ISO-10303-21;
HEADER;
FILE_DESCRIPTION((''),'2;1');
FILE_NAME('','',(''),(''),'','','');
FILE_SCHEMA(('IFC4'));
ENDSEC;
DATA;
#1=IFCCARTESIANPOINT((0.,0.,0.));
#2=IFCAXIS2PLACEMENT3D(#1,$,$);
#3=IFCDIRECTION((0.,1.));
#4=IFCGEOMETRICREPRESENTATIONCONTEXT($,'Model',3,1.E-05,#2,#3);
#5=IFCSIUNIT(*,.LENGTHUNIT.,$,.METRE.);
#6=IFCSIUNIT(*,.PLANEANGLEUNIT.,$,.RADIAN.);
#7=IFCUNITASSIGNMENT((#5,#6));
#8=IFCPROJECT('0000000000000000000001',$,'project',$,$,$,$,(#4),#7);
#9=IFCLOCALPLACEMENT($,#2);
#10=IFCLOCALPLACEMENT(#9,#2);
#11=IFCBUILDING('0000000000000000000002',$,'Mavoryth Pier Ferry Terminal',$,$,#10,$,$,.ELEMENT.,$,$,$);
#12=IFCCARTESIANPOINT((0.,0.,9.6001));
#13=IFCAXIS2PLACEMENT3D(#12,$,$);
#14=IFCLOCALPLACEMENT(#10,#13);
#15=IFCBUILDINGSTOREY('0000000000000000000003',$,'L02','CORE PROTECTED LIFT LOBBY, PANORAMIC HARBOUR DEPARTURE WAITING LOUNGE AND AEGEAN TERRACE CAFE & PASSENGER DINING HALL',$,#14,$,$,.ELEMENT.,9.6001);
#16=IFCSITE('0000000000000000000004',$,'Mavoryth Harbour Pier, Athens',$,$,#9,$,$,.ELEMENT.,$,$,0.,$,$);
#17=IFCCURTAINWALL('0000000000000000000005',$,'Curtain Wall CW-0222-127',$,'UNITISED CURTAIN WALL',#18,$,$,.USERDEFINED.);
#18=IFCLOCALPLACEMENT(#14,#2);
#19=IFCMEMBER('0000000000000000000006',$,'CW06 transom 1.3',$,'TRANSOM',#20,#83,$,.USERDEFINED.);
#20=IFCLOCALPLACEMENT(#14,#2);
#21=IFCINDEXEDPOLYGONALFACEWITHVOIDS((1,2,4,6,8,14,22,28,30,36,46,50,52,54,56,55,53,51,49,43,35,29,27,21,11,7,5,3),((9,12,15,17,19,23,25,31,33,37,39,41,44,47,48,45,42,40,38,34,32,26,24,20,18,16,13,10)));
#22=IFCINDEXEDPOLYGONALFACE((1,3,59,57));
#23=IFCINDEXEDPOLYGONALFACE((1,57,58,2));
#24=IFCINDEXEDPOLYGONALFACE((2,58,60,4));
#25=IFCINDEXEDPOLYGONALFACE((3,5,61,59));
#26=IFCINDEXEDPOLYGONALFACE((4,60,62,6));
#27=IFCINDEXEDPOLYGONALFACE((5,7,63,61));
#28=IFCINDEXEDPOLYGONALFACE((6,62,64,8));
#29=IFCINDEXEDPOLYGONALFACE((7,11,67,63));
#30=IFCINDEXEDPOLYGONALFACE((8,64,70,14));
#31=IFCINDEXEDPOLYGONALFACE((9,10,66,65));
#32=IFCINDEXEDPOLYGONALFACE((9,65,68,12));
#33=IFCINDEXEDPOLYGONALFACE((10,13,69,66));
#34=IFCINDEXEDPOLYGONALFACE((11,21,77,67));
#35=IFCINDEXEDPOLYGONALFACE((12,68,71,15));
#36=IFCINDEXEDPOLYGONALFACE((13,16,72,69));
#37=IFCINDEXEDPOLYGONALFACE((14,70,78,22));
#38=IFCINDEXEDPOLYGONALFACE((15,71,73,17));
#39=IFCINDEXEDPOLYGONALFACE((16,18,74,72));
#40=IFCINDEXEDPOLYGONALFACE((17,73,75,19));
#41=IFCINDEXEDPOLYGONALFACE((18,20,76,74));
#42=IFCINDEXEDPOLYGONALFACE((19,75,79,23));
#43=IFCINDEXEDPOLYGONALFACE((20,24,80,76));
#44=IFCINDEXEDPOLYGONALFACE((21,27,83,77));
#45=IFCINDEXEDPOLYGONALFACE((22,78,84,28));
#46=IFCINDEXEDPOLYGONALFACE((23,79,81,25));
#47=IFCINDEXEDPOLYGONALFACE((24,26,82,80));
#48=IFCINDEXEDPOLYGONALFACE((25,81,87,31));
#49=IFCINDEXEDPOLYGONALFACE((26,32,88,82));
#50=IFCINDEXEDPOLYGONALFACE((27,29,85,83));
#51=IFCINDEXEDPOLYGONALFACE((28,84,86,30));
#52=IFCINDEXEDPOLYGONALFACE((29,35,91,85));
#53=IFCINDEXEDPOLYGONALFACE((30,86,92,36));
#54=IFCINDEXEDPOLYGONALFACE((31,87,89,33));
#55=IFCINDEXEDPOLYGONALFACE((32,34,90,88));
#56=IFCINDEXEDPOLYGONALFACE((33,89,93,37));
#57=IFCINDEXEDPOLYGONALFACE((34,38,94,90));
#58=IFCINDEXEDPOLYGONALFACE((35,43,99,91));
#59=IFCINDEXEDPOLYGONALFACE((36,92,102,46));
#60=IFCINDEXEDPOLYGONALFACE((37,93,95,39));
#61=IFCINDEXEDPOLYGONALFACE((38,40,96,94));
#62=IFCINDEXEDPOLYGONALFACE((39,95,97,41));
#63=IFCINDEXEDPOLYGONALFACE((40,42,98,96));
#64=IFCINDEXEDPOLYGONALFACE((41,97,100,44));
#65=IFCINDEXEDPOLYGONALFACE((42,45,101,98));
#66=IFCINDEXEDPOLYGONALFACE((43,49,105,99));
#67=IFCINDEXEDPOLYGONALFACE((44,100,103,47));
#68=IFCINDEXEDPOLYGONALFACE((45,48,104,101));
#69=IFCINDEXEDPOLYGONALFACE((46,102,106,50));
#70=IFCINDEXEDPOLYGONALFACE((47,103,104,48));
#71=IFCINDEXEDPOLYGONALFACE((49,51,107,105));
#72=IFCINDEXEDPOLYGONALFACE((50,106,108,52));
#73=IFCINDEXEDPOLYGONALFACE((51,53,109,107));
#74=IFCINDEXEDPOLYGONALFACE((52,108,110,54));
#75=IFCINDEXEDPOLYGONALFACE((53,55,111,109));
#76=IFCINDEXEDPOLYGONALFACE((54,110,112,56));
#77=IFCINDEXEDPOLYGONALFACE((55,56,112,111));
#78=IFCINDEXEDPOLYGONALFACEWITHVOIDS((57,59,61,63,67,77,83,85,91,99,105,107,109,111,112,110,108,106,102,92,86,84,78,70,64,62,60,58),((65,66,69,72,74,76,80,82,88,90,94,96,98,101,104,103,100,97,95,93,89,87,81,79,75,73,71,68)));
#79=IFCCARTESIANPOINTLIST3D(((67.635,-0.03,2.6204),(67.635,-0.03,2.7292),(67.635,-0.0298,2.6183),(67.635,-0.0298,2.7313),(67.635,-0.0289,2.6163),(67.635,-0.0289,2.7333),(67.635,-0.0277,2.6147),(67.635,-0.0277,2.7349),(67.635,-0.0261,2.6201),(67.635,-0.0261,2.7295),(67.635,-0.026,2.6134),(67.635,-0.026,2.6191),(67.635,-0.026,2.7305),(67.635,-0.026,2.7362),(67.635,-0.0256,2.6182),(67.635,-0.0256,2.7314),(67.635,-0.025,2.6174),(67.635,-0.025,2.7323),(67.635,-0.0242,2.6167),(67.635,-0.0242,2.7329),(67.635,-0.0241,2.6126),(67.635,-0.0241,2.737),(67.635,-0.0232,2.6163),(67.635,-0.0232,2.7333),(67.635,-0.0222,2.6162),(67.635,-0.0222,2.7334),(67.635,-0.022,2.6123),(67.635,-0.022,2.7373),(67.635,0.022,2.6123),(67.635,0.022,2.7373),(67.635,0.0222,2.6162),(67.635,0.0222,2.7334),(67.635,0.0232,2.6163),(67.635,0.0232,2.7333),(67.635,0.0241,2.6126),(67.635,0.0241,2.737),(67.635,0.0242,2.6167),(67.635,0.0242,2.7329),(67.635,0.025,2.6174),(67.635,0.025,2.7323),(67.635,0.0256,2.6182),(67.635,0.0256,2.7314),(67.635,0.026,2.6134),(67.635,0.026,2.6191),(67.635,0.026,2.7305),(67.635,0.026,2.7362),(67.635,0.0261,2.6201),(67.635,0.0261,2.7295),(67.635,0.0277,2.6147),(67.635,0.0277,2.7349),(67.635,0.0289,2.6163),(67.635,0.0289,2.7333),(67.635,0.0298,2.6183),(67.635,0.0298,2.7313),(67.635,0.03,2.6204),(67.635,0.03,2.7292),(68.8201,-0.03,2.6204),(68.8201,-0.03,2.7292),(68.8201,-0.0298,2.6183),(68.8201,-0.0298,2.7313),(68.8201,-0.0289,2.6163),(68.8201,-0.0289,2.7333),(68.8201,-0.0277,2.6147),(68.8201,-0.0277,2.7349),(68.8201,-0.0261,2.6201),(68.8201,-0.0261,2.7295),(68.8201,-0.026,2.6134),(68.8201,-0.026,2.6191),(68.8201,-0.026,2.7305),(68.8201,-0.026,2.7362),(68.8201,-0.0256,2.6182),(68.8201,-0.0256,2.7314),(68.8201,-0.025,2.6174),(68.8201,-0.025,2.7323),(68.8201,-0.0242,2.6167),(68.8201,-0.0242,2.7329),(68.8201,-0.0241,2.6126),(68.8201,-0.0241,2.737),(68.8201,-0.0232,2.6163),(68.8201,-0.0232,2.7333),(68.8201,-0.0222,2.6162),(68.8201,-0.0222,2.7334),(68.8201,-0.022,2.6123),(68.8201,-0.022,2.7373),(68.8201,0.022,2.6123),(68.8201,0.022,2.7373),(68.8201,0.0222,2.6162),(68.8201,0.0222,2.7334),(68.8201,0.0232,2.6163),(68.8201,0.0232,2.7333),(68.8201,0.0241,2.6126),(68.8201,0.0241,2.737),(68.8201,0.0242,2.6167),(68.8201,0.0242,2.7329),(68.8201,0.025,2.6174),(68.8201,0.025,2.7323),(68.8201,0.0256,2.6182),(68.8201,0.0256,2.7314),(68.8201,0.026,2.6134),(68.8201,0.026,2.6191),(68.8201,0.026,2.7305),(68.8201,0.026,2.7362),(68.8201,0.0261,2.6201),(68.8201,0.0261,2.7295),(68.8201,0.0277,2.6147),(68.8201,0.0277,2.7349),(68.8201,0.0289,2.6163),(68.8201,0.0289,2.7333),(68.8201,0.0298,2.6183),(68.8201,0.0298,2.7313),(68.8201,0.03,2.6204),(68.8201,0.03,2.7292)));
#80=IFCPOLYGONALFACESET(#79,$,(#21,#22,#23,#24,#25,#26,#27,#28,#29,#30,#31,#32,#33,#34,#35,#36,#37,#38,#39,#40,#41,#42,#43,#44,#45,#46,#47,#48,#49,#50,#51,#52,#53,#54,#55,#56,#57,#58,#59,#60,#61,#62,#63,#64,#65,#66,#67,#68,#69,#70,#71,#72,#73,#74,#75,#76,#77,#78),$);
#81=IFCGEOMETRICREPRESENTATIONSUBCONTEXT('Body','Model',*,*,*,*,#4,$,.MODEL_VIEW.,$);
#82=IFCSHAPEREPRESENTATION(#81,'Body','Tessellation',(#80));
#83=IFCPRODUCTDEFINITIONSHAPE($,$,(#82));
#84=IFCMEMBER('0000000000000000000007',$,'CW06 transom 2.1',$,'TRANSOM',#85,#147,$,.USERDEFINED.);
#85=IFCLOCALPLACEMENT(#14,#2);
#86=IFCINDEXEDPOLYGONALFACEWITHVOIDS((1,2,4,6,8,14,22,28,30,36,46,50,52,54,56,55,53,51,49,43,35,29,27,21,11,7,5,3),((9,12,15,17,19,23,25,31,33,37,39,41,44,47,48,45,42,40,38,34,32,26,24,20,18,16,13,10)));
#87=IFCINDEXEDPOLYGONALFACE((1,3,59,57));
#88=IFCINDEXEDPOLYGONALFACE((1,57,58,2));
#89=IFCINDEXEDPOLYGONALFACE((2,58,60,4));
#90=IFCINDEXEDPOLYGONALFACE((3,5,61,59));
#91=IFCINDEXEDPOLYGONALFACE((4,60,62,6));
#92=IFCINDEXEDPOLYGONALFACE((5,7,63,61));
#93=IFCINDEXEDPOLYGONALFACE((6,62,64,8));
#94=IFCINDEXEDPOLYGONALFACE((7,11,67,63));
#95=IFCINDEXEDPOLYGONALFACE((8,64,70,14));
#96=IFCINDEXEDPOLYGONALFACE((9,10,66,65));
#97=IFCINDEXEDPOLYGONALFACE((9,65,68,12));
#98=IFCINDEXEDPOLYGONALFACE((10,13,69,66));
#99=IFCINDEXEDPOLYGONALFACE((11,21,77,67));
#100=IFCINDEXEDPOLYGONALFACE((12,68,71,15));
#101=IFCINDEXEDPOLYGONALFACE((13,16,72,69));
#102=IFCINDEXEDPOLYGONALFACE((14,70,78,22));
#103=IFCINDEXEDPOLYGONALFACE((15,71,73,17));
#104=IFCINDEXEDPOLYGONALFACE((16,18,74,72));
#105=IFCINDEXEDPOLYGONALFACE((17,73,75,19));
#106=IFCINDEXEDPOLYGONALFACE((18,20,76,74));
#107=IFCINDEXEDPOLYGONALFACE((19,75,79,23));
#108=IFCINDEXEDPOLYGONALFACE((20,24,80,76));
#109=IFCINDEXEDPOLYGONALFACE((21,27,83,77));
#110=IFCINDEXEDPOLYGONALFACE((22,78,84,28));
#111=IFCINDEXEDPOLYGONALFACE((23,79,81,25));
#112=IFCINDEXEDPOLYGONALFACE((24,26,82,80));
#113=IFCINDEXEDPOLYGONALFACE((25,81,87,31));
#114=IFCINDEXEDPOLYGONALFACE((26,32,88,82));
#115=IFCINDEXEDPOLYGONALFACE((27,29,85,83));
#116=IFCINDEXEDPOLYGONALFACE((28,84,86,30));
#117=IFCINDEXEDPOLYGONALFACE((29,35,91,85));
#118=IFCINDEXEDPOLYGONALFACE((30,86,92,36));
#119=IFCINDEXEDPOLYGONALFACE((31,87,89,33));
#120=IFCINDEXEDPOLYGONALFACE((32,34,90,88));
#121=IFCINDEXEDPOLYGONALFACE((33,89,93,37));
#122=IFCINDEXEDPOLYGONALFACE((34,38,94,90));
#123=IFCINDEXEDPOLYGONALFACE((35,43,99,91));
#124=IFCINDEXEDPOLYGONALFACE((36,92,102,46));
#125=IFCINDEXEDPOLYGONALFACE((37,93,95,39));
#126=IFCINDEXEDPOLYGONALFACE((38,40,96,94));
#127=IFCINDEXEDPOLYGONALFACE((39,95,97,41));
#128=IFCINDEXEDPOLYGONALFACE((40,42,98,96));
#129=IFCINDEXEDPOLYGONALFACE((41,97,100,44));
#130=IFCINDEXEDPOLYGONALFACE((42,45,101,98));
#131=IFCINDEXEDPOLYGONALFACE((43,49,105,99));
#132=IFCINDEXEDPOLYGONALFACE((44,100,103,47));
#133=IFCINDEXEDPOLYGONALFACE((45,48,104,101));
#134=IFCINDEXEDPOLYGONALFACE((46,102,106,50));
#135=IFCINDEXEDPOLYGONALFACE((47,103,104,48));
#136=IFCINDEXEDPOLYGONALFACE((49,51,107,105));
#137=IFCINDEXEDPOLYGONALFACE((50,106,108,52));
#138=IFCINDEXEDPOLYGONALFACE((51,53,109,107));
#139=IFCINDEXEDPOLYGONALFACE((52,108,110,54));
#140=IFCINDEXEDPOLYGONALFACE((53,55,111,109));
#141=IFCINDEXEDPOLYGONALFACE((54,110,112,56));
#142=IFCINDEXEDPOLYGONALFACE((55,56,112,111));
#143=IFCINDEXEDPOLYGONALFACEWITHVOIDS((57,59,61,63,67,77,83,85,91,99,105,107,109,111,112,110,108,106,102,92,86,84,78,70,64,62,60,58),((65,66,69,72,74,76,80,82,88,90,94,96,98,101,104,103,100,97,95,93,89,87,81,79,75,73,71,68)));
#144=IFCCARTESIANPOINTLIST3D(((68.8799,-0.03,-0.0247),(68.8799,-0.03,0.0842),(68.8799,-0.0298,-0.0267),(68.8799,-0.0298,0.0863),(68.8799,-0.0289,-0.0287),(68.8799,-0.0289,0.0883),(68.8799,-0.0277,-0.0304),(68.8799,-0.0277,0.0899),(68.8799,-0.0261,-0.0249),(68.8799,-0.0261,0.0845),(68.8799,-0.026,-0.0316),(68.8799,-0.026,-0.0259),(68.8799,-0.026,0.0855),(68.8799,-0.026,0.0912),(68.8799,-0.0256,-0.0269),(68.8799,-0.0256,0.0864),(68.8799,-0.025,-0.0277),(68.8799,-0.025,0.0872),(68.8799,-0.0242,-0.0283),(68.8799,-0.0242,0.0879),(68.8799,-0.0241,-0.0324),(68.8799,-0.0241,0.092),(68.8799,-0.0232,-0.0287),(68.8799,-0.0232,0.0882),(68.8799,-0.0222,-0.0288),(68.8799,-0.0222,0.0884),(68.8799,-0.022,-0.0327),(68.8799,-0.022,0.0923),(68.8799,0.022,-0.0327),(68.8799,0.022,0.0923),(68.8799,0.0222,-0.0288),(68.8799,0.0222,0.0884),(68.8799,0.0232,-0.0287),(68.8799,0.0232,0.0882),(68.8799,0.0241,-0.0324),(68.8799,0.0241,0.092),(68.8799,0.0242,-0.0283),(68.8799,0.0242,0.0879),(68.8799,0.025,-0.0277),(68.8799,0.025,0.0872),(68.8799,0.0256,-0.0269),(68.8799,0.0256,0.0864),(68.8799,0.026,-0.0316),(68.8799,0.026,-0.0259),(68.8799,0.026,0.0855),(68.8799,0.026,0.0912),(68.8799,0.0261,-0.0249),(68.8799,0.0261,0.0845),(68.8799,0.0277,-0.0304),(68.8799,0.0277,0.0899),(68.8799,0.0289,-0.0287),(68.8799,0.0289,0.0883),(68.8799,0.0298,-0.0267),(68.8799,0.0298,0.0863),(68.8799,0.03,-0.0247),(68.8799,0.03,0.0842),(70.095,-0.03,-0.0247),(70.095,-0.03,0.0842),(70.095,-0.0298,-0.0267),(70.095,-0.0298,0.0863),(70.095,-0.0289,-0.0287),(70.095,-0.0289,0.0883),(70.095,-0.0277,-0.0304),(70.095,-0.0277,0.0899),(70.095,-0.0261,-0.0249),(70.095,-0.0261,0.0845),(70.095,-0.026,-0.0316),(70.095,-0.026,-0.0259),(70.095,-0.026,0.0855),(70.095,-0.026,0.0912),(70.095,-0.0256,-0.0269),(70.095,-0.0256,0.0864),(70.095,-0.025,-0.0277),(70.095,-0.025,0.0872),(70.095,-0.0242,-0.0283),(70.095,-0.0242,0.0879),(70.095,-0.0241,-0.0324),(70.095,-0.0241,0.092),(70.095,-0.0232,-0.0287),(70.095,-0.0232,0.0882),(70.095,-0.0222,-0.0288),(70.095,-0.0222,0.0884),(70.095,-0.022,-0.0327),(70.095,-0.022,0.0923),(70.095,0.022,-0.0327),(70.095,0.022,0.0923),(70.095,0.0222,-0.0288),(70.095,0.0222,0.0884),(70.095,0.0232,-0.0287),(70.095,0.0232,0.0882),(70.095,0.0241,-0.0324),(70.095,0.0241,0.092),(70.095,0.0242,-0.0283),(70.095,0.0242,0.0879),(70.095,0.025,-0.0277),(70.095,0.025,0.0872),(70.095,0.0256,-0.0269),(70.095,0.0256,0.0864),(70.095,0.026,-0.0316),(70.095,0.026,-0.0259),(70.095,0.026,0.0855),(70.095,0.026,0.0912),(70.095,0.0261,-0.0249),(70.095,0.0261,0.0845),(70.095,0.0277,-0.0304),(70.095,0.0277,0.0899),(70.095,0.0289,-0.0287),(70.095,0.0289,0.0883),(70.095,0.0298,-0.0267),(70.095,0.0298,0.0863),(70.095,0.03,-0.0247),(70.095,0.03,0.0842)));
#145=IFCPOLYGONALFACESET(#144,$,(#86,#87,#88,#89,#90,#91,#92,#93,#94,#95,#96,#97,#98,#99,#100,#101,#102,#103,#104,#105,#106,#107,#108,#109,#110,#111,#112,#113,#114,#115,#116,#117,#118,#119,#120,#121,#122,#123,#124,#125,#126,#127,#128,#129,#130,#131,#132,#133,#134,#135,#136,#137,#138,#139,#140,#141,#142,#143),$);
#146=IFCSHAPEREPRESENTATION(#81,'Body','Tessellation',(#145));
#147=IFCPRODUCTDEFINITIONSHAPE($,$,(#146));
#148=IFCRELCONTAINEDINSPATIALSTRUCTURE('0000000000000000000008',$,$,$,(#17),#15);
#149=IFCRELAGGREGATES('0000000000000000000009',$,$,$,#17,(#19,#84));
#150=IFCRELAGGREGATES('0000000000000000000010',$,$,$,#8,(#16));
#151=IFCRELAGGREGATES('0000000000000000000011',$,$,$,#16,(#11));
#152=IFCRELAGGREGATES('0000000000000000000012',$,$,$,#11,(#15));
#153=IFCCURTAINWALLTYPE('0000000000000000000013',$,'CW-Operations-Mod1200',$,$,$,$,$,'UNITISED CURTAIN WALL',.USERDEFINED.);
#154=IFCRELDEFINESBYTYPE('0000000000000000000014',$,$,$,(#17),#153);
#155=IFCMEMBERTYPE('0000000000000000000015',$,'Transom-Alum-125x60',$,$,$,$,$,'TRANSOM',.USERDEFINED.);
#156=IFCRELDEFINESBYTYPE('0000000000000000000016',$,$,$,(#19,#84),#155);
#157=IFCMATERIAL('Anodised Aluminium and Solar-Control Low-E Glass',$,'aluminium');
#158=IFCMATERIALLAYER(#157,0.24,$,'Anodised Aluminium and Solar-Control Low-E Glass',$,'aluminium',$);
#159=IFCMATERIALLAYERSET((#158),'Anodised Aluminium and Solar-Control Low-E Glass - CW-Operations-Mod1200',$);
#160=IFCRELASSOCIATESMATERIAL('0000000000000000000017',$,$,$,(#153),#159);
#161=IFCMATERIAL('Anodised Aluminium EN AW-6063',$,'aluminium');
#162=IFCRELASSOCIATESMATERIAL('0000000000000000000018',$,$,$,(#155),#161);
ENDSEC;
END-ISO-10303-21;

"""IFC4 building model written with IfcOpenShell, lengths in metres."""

from ifc_helpers import new_model, si_unit, direction, frame, origin, origin_2d, place, context, subcontext, project, spatial, hollow_rectangle, extrude, material, layer, layer_set, material_profile, profile_set, type_object, element, aggregate, save


model = new_model("IFC4")

# Units and contexts
model_context = context("Model", 3, precision=1e-05, world=origin(), true_north=direction((0.0, 1.0)))
body_context = subcontext(model_context, "Body", "Model", "MODEL_VIEW")
ifc_project = project(units=[si_unit("LENGTHUNIT", "METRE"), si_unit("PLANEANGLEUNIT", "RADIAN")], contexts=[model_context])

# Site, building, storey
site_placement = place(None, origin())
site = spatial("IfcSite", under=ifc_project, at=site_placement, Name="Mavoryth Harbour Pier, Athens", CompositionType="ELEMENT", RefElevation=0.0)
building_placement = place(site_placement, origin())
building = spatial("IfcBuilding", under=site, at=building_placement, Name="Mavoryth Pier Ferry Terminal", CompositionType="ELEMENT")
storey_placement = place(building_placement, frame((0.0, 0.0, 9.6001)))
storey = spatial("IfcBuildingStorey", under=building, at=storey_placement, Name="L02", Description="CORE PROTECTED LIFT LOBBY, PANORAMIC HARBOUR DEPARTURE WAITING LOUNGE AND AEGEAN TERRACE CAFE & PASSENGER DINING HALL", CompositionType="ELEMENT", Elevation=9.6001)

# Shared definitions
ifc_material_1 = material(Name="Anodised Aluminium and Solar-Control Low-E Glass", Category="aluminium")
ifc_layer_1 = layer(ifc_material_1, 0.24, Name="Anodised Aluminium and Solar-Control Low-E Glass", Category="aluminium")
ifc_layer_set_1 = layer_set([ifc_layer_1], Name="Anodised Aluminium and Solar-Control Low-E Glass - CW-Operations-Mod1200")
curtain_wall_type = type_object("IfcCurtainWallType", Name="CW-Operations-Mod1200", ElementType="UNITISED CURTAIN WALL", PredefinedType="USERDEFINED", material=ifc_layer_set_1)
ifc_material_2 = material(Name="Anodised Aluminium EN AW-6063", Category="aluminium")

# Curtain wall
curtain_wall_1_placement = place(storey_placement, origin())
curtain_wall_1 = element("IfcCurtainWall", 1, at=curtain_wall_1_placement, inside=storey, type_object=curtain_wall_type, Name="Curtain Wall CW-0222-127", ObjectType="UNITISED CURTAIN WALL", PredefinedType="USERDEFINED")

# Members
ifc_material_profile_1 = material_profile(ifc_material_2, hollow_rectangle(XDim=0.0601, YDim=0.125, WallThickness=0.0039, InnerFilletRadius=0.0039, OuterFilletRadius=0.0081, at=origin_2d()), Name="AL-TRAN 125x60x4", Category="aluminium")
ifc_profile_set_1 = profile_set([ifc_material_profile_1], Name="Anodised Aluminium EN AW-6063 - AL-TRAN 125x60x4")
member_type_1 = type_object("IfcMemberType", Name="Transom-Alum-125x60", ElementType="TRANSOM", PredefinedType="USERDEFINED", material=ifc_profile_set_1)
member_1_placement = place(storey_placement, frame((67.635, 0.0, 2.6748), z_axis=(1.0, 0.0, 0.0), x_axis=(0.0, 1.0, 0.0)))
member_1 = element("IfcMember", 2, at=member_1_placement, type_object=member_type_1, Name="CW06 transom 1.3", ObjectType="TRANSOM", PredefinedType="USERDEFINED", context=body_context, shape_type="SweptSolid", body=[
    extrude(hollow_rectangle(XDim=0.0601, YDim=0.125, WallThickness=0.0039, InnerFilletRadius=0.0039, OuterFilletRadius=0.0081, at=origin_2d()), origin(), (0.0, 0.0, 1.0), 1.1851),
])
member_2_placement = place(storey_placement, frame((68.8799, 0.0, 0.0298), z_axis=(1.0, 0.0, 0.0), x_axis=(0.0, 1.0, 0.0)))
member_2 = element("IfcMember", 3, at=member_2_placement, type_object=member_type_1, Name="CW06 transom 2.1", ObjectType="TRANSOM", PredefinedType="USERDEFINED", context=body_context, shape_type="SweptSolid", body=[
    extrude(hollow_rectangle(XDim=0.0601, YDim=0.125, WallThickness=0.0039, InnerFilletRadius=0.0039, OuterFilletRadius=0.0081, at=origin_2d()), origin(), (0.0, 0.0, 1.0), 1.2151),
])

aggregate(curtain_wall_1, [member_1, member_2])

save(model, "model.ifc")
